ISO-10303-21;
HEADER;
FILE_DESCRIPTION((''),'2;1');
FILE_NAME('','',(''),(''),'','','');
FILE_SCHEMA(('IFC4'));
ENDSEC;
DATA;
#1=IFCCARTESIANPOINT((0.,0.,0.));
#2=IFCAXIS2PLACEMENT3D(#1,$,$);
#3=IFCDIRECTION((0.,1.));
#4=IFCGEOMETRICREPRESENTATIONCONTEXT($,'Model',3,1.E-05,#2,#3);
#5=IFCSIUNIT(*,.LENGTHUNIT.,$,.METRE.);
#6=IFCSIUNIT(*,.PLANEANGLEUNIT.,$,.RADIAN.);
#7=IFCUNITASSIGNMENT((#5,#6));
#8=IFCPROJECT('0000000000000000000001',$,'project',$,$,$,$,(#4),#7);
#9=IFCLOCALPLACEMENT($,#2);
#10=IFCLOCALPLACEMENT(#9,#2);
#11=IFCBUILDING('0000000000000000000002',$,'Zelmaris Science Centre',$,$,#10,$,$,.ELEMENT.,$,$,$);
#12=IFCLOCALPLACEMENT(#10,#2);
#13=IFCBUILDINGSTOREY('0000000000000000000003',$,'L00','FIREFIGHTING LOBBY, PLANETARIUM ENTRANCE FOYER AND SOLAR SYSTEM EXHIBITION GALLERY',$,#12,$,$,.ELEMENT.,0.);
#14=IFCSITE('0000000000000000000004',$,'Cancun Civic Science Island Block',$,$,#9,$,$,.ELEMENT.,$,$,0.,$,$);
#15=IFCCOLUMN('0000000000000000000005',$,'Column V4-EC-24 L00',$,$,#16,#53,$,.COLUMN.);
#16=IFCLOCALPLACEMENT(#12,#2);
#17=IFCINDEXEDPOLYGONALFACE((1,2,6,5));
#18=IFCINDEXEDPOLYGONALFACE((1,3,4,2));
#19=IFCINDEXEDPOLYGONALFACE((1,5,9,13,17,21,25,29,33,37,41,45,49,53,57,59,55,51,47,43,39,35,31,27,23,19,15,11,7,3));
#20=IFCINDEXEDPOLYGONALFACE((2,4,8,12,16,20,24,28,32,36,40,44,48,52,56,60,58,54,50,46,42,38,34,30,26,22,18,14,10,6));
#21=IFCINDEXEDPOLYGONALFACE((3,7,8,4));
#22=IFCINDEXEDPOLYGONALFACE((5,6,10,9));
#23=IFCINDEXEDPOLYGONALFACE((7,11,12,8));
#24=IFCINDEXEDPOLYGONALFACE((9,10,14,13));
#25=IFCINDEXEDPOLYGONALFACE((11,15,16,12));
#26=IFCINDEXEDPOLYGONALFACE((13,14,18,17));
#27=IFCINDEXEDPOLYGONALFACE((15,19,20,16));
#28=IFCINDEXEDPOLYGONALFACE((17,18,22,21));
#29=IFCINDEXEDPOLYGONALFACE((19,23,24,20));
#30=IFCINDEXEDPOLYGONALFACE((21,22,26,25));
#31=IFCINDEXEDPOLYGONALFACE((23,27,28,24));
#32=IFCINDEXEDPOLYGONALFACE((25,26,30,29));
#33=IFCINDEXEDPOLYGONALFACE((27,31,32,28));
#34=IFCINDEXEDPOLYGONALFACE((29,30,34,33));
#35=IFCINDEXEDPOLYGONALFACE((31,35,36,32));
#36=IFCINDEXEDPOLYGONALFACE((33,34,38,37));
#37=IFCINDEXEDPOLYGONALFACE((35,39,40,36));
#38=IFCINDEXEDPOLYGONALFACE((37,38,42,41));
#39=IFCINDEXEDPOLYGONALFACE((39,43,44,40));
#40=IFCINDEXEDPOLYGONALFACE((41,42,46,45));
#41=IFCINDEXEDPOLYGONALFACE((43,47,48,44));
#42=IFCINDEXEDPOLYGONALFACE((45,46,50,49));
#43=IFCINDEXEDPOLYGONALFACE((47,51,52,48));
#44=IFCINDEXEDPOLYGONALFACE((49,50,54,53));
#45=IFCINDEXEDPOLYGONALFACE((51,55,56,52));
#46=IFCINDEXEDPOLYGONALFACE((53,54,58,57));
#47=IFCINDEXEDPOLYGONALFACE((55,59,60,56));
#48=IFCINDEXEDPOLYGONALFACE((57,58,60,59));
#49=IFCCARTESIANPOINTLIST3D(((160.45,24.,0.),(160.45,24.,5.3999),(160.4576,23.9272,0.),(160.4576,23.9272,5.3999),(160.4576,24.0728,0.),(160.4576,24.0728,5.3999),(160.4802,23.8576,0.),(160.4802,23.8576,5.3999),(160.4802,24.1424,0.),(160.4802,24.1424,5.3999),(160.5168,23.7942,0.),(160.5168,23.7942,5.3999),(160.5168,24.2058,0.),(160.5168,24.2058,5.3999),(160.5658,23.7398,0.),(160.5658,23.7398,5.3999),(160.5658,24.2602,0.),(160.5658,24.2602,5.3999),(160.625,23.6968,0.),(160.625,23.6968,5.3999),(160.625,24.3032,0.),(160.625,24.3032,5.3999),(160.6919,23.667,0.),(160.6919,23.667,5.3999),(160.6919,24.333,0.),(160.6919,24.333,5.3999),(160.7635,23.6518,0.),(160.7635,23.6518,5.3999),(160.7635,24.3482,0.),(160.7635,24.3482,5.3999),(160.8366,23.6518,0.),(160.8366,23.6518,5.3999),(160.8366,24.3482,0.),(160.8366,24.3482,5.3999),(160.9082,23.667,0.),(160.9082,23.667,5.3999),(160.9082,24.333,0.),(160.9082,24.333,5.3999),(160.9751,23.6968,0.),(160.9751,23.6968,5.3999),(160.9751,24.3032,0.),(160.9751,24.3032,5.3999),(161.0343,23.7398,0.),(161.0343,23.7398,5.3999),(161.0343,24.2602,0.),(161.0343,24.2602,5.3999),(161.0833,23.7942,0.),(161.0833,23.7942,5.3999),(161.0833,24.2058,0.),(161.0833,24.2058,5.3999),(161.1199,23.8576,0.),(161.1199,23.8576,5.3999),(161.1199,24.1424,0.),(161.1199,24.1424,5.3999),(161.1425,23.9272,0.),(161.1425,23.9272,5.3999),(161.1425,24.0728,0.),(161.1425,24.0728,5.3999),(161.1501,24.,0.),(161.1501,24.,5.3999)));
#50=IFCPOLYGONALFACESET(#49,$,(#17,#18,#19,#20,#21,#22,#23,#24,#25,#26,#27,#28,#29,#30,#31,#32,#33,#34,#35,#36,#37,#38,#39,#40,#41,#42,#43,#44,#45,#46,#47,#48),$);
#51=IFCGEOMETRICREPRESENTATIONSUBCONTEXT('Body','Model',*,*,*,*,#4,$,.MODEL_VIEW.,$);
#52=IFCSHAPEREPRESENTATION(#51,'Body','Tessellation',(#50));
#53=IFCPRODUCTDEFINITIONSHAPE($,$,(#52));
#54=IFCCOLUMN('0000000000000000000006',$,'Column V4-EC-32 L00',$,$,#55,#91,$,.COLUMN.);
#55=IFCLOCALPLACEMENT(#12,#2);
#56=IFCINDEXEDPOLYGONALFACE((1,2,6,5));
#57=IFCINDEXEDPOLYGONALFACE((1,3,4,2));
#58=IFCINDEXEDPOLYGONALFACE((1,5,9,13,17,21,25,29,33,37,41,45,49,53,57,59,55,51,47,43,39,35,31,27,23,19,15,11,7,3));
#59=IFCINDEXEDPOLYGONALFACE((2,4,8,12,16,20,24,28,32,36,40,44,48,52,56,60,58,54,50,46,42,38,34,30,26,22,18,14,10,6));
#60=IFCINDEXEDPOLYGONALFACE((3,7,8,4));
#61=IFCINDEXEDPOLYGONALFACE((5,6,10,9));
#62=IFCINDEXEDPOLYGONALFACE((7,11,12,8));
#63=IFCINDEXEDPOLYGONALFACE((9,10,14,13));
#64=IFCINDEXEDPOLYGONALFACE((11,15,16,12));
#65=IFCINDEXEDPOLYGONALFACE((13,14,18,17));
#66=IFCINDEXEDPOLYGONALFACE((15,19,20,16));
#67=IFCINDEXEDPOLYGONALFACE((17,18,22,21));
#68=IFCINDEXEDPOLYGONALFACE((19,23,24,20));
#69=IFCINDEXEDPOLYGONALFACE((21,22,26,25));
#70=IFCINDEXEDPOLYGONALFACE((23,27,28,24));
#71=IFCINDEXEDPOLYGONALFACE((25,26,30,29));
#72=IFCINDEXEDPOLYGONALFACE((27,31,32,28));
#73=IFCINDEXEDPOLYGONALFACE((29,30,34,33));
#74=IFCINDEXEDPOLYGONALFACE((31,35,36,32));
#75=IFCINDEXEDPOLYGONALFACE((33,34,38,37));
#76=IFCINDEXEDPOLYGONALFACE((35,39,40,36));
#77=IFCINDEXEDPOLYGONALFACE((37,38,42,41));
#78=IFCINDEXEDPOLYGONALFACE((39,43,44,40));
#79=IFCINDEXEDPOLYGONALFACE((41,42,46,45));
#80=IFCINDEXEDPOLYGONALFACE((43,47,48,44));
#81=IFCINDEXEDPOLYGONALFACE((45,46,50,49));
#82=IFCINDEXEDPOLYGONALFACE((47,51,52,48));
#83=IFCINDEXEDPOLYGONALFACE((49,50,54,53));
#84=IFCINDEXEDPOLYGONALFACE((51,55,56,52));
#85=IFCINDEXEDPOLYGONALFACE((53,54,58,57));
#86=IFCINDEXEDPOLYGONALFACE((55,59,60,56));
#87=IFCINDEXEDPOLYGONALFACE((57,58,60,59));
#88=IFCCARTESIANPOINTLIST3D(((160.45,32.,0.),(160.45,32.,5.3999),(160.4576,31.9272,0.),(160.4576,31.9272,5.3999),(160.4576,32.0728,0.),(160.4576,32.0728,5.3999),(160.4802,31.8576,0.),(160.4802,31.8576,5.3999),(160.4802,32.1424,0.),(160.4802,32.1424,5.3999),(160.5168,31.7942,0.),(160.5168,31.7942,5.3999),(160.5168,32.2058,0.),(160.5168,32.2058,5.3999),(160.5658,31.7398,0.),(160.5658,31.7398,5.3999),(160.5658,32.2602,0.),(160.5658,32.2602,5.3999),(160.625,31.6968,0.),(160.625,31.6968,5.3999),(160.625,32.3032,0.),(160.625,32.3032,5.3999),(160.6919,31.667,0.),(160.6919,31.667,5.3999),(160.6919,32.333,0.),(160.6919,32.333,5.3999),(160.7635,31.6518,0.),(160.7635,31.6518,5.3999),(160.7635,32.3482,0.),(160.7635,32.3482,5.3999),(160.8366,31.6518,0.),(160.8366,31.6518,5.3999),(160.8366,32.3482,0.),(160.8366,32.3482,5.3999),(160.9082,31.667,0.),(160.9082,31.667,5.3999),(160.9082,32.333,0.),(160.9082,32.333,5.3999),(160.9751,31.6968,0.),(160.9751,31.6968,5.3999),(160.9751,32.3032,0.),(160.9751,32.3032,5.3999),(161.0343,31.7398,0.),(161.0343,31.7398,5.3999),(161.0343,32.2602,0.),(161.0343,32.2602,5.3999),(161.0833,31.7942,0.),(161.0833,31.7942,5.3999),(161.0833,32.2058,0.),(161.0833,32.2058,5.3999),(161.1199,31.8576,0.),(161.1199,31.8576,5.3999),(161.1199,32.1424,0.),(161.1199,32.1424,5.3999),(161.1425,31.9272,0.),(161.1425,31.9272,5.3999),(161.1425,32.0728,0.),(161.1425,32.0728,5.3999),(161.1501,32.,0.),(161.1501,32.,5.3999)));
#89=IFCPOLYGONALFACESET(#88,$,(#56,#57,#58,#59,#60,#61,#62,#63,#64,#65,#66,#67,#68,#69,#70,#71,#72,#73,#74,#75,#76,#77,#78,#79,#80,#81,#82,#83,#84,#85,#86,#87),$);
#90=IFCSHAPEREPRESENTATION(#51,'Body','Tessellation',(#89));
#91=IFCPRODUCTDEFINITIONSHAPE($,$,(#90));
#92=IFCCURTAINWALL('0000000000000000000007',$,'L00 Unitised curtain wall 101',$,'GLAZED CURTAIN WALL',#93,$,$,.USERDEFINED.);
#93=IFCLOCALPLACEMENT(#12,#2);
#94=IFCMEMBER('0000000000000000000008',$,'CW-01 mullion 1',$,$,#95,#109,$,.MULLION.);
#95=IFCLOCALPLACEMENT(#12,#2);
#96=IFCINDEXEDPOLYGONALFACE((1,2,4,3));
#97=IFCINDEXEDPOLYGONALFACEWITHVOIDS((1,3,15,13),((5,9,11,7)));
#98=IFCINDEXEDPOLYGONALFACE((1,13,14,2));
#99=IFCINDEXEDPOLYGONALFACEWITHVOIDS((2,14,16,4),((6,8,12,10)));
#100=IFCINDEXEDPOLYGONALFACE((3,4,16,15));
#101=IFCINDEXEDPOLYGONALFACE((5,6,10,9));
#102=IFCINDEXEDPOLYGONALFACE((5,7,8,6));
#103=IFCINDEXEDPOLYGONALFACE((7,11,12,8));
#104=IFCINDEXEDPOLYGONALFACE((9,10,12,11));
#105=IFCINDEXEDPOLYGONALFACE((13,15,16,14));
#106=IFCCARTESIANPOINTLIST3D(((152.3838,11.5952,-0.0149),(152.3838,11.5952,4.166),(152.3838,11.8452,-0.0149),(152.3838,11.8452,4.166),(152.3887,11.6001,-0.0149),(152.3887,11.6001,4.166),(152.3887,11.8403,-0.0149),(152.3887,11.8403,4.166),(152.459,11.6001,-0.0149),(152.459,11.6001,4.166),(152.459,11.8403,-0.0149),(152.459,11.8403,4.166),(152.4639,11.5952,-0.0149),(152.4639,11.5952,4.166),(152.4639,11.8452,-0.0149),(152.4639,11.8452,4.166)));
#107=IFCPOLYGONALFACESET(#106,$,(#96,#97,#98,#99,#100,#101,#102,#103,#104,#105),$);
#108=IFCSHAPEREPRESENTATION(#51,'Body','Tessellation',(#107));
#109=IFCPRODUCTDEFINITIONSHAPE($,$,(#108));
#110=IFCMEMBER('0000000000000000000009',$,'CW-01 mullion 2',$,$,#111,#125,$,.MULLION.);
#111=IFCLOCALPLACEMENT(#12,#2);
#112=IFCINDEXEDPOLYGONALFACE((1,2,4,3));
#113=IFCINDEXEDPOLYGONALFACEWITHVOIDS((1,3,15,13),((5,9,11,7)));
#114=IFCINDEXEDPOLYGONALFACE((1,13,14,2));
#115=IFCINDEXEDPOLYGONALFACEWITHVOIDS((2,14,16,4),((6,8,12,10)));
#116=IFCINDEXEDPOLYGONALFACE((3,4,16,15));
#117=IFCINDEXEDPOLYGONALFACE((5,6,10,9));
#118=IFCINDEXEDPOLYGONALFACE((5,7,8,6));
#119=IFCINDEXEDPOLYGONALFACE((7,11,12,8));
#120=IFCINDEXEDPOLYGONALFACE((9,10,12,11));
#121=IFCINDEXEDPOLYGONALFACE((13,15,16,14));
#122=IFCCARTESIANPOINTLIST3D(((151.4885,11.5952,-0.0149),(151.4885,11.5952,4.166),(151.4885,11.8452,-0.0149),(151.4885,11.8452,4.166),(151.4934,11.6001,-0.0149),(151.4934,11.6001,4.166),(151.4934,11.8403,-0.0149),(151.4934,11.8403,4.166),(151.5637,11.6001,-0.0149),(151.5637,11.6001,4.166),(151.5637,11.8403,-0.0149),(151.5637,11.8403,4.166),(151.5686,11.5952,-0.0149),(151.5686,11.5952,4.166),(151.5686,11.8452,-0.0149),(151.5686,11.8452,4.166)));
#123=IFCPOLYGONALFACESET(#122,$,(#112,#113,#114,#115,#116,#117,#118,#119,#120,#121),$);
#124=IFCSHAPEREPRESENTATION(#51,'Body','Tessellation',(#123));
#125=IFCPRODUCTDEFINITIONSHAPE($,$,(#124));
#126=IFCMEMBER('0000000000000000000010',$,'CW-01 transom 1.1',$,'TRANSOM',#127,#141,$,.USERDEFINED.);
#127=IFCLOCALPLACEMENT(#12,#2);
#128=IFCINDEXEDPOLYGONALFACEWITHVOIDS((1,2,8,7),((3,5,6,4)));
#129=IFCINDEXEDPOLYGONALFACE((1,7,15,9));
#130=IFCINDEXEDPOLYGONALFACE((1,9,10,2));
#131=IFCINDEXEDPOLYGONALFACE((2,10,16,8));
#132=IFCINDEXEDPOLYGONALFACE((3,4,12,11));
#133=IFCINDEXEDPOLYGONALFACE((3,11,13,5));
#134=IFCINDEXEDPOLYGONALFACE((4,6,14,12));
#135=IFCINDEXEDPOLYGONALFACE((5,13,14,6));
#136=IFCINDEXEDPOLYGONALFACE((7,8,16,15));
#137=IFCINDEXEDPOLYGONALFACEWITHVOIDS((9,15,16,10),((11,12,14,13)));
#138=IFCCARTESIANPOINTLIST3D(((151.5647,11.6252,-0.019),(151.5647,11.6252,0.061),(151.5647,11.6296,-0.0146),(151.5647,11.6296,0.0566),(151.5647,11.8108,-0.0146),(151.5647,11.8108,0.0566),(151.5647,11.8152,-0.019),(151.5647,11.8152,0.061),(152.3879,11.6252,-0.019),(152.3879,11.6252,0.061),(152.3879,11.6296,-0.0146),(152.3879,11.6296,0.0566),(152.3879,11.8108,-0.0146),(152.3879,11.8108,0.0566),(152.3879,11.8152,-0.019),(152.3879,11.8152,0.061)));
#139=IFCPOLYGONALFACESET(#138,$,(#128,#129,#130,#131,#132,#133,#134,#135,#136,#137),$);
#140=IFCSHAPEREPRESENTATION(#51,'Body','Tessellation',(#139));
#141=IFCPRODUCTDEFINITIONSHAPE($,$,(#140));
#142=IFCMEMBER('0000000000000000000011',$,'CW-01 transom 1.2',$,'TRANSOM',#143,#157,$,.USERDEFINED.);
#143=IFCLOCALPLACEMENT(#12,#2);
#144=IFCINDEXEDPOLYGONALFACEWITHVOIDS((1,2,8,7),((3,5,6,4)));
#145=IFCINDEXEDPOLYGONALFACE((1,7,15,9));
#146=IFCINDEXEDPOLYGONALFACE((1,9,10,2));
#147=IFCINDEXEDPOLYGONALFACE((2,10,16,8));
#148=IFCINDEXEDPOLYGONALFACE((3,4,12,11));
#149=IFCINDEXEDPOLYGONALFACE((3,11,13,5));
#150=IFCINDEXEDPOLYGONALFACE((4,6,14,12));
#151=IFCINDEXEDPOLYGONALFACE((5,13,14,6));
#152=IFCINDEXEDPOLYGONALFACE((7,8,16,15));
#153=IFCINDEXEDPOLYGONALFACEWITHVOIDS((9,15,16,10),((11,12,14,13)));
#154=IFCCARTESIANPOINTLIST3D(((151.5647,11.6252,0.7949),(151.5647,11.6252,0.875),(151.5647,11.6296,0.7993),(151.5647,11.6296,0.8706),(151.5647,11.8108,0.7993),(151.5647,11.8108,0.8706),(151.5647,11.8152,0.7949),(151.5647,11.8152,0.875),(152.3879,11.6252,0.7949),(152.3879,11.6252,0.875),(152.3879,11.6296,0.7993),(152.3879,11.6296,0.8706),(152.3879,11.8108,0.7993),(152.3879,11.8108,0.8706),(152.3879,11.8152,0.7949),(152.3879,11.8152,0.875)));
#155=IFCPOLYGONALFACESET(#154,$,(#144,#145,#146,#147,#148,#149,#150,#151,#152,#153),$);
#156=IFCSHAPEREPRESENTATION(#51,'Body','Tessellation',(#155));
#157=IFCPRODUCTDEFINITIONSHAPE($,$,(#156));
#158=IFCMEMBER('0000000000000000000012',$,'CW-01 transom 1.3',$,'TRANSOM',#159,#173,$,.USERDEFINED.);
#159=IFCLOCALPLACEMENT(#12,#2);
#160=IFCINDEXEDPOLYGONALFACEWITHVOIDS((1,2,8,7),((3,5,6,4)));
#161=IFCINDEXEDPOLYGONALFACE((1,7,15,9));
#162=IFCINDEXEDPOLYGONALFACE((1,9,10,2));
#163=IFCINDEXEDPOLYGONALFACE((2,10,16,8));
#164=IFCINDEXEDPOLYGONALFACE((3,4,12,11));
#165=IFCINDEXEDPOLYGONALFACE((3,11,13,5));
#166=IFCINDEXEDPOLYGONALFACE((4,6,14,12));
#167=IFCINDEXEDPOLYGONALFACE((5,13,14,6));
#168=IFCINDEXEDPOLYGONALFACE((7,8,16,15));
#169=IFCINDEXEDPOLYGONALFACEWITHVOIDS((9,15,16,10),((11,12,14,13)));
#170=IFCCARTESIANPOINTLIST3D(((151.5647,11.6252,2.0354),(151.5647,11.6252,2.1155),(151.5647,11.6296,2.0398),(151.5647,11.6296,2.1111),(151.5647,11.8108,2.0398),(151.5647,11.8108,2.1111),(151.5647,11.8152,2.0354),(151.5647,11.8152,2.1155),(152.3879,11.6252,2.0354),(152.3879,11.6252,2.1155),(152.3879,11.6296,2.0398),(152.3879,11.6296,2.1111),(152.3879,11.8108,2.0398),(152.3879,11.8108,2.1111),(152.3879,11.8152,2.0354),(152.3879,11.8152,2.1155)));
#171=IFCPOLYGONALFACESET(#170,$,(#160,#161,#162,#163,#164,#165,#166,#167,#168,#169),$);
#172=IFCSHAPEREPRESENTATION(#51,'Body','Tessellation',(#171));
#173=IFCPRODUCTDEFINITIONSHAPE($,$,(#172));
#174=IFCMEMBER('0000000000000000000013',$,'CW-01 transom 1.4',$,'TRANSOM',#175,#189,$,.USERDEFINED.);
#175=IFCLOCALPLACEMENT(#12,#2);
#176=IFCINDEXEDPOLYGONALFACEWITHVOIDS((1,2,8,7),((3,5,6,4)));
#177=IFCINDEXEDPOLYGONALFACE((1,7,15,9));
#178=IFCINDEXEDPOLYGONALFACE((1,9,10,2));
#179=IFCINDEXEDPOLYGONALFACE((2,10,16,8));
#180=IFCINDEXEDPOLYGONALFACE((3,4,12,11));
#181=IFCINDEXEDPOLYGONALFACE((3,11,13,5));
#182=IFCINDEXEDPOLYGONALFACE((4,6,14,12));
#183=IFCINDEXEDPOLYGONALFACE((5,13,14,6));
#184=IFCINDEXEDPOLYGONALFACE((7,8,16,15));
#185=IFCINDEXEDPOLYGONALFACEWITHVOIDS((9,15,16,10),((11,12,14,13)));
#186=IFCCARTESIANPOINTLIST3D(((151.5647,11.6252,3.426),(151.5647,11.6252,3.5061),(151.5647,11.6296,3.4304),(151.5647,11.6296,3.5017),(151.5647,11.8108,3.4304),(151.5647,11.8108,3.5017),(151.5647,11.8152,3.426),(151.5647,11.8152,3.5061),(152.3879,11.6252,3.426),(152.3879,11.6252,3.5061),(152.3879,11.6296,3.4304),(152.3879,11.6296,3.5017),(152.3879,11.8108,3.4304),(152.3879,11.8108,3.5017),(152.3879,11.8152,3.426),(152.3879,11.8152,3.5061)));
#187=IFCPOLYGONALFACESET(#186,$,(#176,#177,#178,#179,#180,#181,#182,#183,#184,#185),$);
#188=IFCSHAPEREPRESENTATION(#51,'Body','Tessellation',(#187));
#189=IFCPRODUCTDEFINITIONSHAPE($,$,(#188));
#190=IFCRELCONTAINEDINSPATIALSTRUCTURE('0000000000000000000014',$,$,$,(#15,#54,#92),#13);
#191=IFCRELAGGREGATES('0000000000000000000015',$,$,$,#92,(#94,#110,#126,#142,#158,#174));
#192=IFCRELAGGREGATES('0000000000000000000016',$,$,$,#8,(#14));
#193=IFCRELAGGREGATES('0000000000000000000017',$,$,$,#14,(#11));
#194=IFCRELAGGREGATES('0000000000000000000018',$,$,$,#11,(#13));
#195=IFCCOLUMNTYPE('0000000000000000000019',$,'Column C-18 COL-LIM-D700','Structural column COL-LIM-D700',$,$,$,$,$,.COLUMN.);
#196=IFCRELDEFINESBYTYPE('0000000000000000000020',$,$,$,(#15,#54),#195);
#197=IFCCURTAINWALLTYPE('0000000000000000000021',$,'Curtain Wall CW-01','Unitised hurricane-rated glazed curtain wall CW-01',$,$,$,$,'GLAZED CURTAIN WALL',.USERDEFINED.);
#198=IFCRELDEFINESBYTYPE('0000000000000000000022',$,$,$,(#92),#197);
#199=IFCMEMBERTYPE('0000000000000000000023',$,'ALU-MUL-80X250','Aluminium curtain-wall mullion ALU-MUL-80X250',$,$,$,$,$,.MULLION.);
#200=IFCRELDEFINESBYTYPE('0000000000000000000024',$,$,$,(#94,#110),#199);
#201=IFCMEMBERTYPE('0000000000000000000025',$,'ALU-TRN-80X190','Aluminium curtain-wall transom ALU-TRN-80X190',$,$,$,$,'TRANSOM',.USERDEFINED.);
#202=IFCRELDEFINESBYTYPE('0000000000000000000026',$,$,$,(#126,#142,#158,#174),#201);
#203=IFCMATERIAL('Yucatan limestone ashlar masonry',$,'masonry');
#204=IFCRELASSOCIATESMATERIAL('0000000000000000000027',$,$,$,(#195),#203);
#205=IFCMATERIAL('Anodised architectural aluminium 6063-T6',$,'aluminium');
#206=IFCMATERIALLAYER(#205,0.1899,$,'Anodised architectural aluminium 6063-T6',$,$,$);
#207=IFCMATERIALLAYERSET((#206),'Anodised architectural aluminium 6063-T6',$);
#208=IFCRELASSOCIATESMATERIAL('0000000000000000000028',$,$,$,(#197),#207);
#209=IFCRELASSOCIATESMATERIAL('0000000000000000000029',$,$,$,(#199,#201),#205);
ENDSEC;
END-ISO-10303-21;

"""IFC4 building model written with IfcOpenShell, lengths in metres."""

from ifc_helpers import new_model, si_unit, direction, frame, origin, origin_2d, place, context, subcontext, project, spatial, hollow_rectangle, circle, extrude, material, layer, layer_set, material_profile, profile_set, type_object, element, aggregate, save


model = new_model("IFC4")

# Units and contexts
model_context = context("Model", 3, precision=1e-05, world=origin(), true_north=direction((0.0, 1.0)))
body_context = subcontext(model_context, "Body", "Model", "MODEL_VIEW")
ifc_project = project(units=[si_unit("LENGTHUNIT", "METRE"), si_unit("PLANEANGLEUNIT", "RADIAN")], contexts=[model_context])

# Site, building, storey
site_placement = place(None, origin())
site = spatial("IfcSite", under=ifc_project, at=site_placement, Name="Cancun Civic Science Island Block", CompositionType="ELEMENT", RefElevation=0.0)
building_placement = place(site_placement, origin())
building = spatial("IfcBuilding", under=site, at=building_placement, Name="Zelmaris Science Centre", CompositionType="ELEMENT")
storey_placement = place(building_placement, origin())
storey = spatial("IfcBuildingStorey", under=building, at=storey_placement, Name="L00", Description="FIREFIGHTING LOBBY, PLANETARIUM ENTRANCE FOYER AND SOLAR SYSTEM EXHIBITION GALLERY", CompositionType="ELEMENT", Elevation=0.0)

# Columns
ifc_material_1 = material(Name="Yucatan limestone ashlar masonry", Category="masonry")
ifc_material_profile_1 = material_profile(ifc_material_1, circle(Radius=0.3501, at=origin_2d()), Name="COL-LIM-D700")
ifc_profile_set_1 = profile_set([ifc_material_profile_1], Name="Yucatan limestone ashlar masonry")
column_type_1 = type_object("IfcColumnType", Name="Column C-18 COL-LIM-D700", Description="Structural column COL-LIM-D700", PredefinedType="COLUMN", material=ifc_profile_set_1)
for number, where, z_axis, x_axis, name in (
    (1, (160.8, 24.0, 0.0), (0.0, 0.0, 1.0), (1.0, 0.0, 0.0), "Column V4-EC-24 L00"),
    (2, (160.8, 32.0, 0.0), (0.0, 0.0, 1.0), (1.0, 0.0, 0.0), "Column V4-EC-32 L00"),
):
    element("IfcColumn", number, at=place(storey_placement, frame(where, z_axis=z_axis, x_axis=x_axis)), inside=storey, type_object=column_type_1, Name=name, PredefinedType="COLUMN", context=body_context, shape_type="SweptSolid", body=[
        extrude(circle(Radius=0.3501, at=origin_2d()), origin(), (0.0, 0.0, 1.0), 5.3999),
    ])

# Curtain wall, members
ifc_material_2 = material(Name="Anodised architectural aluminium 6063-T6", Category="aluminium")
ifc_layer_1 = layer(ifc_material_2, 0.1899, Name="Anodised architectural aluminium 6063-T6")
ifc_layer_set_1 = layer_set([ifc_layer_1], Name="Anodised architectural aluminium 6063-T6")
curtain_wall_type = type_object("IfcCurtainWallType", Name="Curtain Wall CW-01", Description="Unitised hurricane-rated glazed curtain wall CW-01", ElementType="GLAZED CURTAIN WALL", PredefinedType="USERDEFINED", material=ifc_layer_set_1)
curtain_wall_placement = place(storey_placement, origin())
curtain_wall = element("IfcCurtainWall", 3, at=curtain_wall_placement, inside=storey, type_object=curtain_wall_type, Name="L00 Unitised curtain wall 101", ObjectType="GLAZED CURTAIN WALL", PredefinedType="USERDEFINED")
ifc_material_profile_2 = material_profile(ifc_material_2, hollow_rectangle(XDim=0.0801, YDim=0.25, WallThickness=0.0049, at=origin_2d()), Name="ALU-MUL-80X250")
ifc_profile_set_2 = profile_set([ifc_material_profile_2], Name="Anodised architectural aluminium 6063-T6")
member_type_1 = type_object("IfcMemberType", Name="ALU-MUL-80X250", Description="Aluminium curtain-wall mullion ALU-MUL-80X250", PredefinedType="MULLION", material=ifc_profile_set_2)
member_1_placement = place(storey_placement, frame((152.4238, 11.7202, -0.0149), z_axis=(0.0, 0.0, 1.0), x_axis=(-1.0, 0.0, 0.0)))
member_1 = element("IfcMember", 4, at=member_1_placement, type_object=member_type_1, Name="CW-01 mullion 1", PredefinedType="MULLION", context=body_context, shape_type="SweptSolid", body=[
    extrude(hollow_rectangle(XDim=0.0801, YDim=0.25, WallThickness=0.0049, at=origin_2d()), origin(), (0.0, 0.0, 1.0), 4.1809),
])
member_2_placement = place(storey_placement, frame((151.5286, 11.7202, -0.0149), z_axis=(0.0, 0.0, 1.0), x_axis=(-1.0, 0.0, 0.0)))
member_2 = element("IfcMember", 5, at=member_2_placement, type_object=member_type_1, Name="CW-01 mullion 2", PredefinedType="MULLION", context=body_context, shape_type="SweptSolid", body=[
    extrude(hollow_rectangle(XDim=0.0801, YDim=0.25, WallThickness=0.0049, at=origin_2d()), origin(), (0.0, 0.0, 1.0), 4.1809),
])
ifc_material_profile_3 = material_profile(ifc_material_2, hollow_rectangle(XDim=0.0801, YDim=0.1899, WallThickness=0.0044, at=origin_2d()), Name="ALU-TRN-80X190")
ifc_profile_set_3 = profile_set([ifc_material_profile_3], Name="Anodised architectural aluminium 6063-T6")
member_type_2 = type_object("IfcMemberType", Name="ALU-TRN-80X190", Description="Aluminium curtain-wall transom ALU-TRN-80X190", ElementType="TRANSOM", PredefinedType="USERDEFINED", material=ifc_profile_set_3)
member_3_placement = place(storey_placement, frame((152.3879, 11.7202, 0.021), z_axis=(-1.0, 0.0, 0.0), x_axis=(0.0, 0.0, 1.0)))
member_3 = element("IfcMember", 6, at=member_3_placement, type_object=member_type_2, Name="CW-01 transom 1.1", ObjectType="TRANSOM", PredefinedType="USERDEFINED", context=body_context, shape_type="SweptSolid", body=[
    extrude(hollow_rectangle(XDim=0.0801, YDim=0.1899, WallThickness=0.0044, at=origin_2d()), origin(), (0.0, 0.0, 1.0), 0.8232),
])
member_4_placement = place(storey_placement, frame((152.3879, 11.7202, 0.835), z_axis=(-1.0, 0.0, 0.0), x_axis=(0.0, 0.0, 1.0)))
member_4 = element("IfcMember", 7, at=member_4_placement, type_object=member_type_2, Name="CW-01 transom 1.2", ObjectType="TRANSOM", PredefinedType="USERDEFINED", context=body_context, shape_type="SweptSolid", body=[
    extrude(hollow_rectangle(XDim=0.0801, YDim=0.1899, WallThickness=0.0044, at=origin_2d()), origin(), (0.0, 0.0, 1.0), 0.8232),
])
member_5_placement = place(storey_placement, frame((152.3879, 11.7202, 2.0754), z_axis=(-1.0, 0.0, 0.0), x_axis=(0.0, 0.0, 1.0)))
member_5 = element("IfcMember", 8, at=member_5_placement, type_object=member_type_2, Name="CW-01 transom 1.3", ObjectType="TRANSOM", PredefinedType="USERDEFINED", context=body_context, shape_type="SweptSolid", body=[
    extrude(hollow_rectangle(XDim=0.0801, YDim=0.1899, WallThickness=0.0044, at=origin_2d()), origin(), (0.0, 0.0, 1.0), 0.8232),
])
member_6_placement = place(storey_placement, frame((152.3879, 11.7202, 3.4661), z_axis=(-1.0, 0.0, 0.0), x_axis=(0.0, 0.0, 1.0)))
member_6 = element("IfcMember", 9, at=member_6_placement, type_object=member_type_2, Name="CW-01 transom 1.4", ObjectType="TRANSOM", PredefinedType="USERDEFINED", context=body_context, shape_type="SweptSolid", body=[
    extrude(hollow_rectangle(XDim=0.0801, YDim=0.1899, WallThickness=0.0044, at=origin_2d()), origin(), (0.0, 0.0, 1.0), 0.8232),
])

aggregate(curtain_wall, [member_1, member_2, member_3, member_4, member_5, member_6])

save(model, "model.ifc")
